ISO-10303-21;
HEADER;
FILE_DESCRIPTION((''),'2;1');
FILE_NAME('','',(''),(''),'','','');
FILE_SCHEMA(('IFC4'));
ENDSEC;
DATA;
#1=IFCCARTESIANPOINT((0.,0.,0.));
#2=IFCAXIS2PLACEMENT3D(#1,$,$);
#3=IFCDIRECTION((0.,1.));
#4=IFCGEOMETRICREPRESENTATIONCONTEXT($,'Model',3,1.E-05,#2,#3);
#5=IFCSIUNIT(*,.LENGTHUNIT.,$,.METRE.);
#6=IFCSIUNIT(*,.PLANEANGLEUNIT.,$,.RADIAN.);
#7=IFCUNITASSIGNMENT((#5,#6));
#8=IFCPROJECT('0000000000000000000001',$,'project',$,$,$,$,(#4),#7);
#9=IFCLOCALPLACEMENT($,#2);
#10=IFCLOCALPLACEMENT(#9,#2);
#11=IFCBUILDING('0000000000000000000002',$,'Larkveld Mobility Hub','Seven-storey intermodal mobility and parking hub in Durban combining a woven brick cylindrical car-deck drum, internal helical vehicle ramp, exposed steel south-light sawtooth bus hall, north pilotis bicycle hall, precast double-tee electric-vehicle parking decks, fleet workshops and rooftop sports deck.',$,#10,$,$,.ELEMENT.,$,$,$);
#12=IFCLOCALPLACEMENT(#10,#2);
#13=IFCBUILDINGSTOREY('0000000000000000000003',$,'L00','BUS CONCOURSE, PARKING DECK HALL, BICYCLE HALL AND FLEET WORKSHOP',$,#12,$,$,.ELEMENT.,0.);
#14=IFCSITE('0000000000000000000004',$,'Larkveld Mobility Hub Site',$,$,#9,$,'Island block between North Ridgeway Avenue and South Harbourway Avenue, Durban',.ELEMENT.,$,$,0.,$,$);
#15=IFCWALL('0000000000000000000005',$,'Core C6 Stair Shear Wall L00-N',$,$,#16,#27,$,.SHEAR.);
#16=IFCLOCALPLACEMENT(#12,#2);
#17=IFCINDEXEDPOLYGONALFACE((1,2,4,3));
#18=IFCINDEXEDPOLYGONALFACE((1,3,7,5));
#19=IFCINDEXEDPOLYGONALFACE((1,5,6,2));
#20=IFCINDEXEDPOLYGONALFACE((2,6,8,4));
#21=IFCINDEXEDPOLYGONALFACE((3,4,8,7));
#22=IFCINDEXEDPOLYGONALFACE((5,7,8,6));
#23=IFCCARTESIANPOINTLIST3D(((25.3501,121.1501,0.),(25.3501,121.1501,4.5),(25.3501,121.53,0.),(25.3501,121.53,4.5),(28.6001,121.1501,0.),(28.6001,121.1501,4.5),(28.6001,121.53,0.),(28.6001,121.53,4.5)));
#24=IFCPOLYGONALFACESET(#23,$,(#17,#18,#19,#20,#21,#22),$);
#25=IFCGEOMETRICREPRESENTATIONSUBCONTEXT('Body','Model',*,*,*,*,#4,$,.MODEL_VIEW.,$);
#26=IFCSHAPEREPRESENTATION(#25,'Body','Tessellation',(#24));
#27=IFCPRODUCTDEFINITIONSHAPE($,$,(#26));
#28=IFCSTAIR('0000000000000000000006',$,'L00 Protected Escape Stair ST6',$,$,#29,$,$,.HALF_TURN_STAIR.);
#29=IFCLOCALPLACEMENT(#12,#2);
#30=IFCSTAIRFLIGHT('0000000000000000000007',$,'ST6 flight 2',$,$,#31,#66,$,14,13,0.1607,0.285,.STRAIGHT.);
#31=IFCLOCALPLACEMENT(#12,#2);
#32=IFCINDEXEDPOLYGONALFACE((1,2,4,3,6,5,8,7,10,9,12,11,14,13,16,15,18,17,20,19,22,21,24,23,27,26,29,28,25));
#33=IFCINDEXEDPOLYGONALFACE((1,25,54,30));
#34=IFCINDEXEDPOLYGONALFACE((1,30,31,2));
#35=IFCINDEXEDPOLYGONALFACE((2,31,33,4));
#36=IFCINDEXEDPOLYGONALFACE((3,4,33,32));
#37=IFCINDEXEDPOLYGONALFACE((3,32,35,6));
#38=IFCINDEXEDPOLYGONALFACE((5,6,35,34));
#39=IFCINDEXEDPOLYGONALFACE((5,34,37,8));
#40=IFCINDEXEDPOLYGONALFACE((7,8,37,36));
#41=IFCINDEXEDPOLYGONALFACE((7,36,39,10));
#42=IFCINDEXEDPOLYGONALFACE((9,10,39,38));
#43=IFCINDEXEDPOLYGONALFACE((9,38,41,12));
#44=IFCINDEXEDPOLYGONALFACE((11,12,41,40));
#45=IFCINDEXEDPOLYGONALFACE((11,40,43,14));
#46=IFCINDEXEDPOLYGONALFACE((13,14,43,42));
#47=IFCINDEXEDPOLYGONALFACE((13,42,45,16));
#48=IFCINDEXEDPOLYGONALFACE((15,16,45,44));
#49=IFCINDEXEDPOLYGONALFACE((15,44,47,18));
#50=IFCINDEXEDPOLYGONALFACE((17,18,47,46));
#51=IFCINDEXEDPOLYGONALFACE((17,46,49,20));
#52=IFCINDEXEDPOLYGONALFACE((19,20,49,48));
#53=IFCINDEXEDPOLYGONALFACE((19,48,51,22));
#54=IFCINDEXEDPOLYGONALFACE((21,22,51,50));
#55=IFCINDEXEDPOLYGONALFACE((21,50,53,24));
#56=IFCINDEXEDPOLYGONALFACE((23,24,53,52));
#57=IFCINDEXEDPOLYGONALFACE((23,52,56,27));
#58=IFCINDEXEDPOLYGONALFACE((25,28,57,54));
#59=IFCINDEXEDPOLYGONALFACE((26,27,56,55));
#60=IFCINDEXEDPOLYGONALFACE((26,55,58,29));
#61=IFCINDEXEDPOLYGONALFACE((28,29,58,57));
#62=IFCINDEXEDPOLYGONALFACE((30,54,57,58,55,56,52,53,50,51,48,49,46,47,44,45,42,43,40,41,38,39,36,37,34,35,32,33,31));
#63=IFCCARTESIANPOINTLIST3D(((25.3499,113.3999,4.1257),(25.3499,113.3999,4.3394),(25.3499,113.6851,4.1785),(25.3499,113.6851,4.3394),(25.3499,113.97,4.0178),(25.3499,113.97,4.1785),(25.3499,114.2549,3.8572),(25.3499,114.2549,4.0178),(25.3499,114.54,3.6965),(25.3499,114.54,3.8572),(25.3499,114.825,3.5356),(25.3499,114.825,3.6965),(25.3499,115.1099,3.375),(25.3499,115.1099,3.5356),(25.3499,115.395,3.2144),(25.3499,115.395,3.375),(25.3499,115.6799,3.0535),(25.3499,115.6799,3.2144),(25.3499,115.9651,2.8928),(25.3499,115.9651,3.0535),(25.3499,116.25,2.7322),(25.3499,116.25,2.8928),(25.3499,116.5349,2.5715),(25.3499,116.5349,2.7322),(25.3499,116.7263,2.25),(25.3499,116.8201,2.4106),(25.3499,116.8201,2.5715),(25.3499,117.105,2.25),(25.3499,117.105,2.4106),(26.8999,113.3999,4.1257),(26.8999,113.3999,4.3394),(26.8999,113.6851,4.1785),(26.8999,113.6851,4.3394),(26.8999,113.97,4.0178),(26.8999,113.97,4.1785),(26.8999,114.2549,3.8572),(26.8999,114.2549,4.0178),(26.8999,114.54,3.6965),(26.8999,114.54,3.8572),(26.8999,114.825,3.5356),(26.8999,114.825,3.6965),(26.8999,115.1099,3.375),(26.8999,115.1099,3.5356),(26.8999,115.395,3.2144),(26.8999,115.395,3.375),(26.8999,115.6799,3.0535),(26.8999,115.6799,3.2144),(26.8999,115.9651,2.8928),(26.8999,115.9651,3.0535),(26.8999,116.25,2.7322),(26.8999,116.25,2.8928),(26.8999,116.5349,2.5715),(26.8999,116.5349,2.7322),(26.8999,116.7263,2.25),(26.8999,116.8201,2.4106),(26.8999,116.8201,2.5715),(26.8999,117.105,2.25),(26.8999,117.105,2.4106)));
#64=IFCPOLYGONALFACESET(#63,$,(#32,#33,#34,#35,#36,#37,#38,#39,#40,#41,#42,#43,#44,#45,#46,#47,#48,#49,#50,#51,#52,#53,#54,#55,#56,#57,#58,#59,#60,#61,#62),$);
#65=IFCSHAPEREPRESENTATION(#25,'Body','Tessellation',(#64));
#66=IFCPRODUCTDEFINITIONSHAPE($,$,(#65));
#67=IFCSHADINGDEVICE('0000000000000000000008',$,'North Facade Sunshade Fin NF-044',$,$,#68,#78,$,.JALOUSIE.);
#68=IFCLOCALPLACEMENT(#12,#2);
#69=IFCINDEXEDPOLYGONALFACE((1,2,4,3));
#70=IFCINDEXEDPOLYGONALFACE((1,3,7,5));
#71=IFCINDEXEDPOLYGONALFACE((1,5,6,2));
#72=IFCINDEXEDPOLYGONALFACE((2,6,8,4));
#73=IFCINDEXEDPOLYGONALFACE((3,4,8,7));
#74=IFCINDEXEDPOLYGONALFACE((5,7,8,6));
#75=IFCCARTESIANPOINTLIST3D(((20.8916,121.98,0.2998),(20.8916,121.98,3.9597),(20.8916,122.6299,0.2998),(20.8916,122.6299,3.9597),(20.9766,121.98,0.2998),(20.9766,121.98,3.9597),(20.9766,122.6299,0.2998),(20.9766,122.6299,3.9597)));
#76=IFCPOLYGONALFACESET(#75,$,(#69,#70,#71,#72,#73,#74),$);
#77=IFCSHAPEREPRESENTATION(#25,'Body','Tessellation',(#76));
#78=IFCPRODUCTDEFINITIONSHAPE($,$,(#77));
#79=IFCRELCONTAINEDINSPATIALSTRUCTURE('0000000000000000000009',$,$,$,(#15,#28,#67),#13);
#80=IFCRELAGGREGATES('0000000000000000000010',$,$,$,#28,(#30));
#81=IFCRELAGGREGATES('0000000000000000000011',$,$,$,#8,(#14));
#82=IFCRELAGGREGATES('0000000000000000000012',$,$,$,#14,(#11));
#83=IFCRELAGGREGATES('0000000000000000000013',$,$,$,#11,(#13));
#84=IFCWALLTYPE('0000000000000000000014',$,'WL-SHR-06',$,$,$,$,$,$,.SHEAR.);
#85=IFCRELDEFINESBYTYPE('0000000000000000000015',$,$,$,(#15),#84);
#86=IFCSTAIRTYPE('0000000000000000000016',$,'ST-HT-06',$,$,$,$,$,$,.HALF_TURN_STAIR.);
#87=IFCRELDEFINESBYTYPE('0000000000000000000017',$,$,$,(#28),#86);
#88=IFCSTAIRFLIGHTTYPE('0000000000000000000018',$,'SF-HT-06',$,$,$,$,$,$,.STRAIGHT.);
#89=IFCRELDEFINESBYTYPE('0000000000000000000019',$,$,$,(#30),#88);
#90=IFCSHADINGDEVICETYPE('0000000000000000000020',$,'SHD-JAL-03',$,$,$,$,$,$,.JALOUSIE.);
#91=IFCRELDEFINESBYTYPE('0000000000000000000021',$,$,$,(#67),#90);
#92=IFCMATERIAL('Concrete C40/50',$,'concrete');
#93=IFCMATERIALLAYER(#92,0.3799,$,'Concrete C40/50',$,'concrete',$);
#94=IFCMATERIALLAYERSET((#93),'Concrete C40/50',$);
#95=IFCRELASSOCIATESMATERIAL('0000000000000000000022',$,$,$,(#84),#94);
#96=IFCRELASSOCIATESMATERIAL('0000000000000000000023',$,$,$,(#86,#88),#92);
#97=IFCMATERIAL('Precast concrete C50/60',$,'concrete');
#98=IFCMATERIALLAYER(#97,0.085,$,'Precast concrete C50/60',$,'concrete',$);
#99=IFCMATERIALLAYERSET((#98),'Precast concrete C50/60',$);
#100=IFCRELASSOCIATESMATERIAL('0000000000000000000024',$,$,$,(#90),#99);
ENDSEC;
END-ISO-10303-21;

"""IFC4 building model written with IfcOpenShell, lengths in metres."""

from ifc_helpers import new_model, si_unit, direction, frame, frame_2d, origin, origin_2d, place, context, subcontext, project, spatial, polyline, rectangle, outline, extrude, material, layer, layer_set, type_object, element, aggregate, save


model = new_model("IFC4")

# Units and contexts
model_context = context("Model", 3, precision=1e-05, world=origin(), true_north=direction((0.0, 1.0)))
body_context = subcontext(model_context, "Body", "Model", "MODEL_VIEW")
ifc_project = project(units=[si_unit("LENGTHUNIT", "METRE"), si_unit("PLANEANGLEUNIT", "RADIAN")], contexts=[model_context])

# Site, building, storey
site_placement = place(None, origin())
site = spatial("IfcSite", under=ifc_project, at=site_placement, Name="Larkveld Mobility Hub Site", LongName="Island block between North Ridgeway Avenue and South Harbourway Avenue, Durban", CompositionType="ELEMENT", RefElevation=0.0)
building_placement = place(site_placement, origin())
building = spatial("IfcBuilding", under=site, at=building_placement, Name="Larkveld Mobility Hub", Description="Seven-storey intermodal mobility and parking hub in Durban combining a woven brick cylindrical car-deck drum, internal helical vehicle ramp, exposed steel south-light sawtooth bus hall, north pilotis bicycle hall, precast double-tee electric-vehicle parking decks, fleet workshops and rooftop sports deck.", CompositionType="ELEMENT")
storey_placement = place(building_placement, origin())
storey = spatial("IfcBuildingStorey", under=building, at=storey_placement, Name="L00", Description="BUS CONCOURSE, PARKING DECK HALL, BICYCLE HALL AND FLEET WORKSHOP", CompositionType="ELEMENT", Elevation=0.0)

# Shared definitions
ifc_material_1 = material(Name="Precast concrete C50/60", Category="concrete")
ifc_material_2 = material(Name="Concrete C40/50", Category="concrete")

# Wall
ifc_layer_1 = layer(ifc_material_2, 0.3799, Name="Concrete C40/50", Category="concrete")
ifc_layer_set_1 = layer_set([ifc_layer_1], Name="Concrete C40/50")
wall_type = type_object("IfcWallType", Name="WL-SHR-06", PredefinedType="SHEAR", material=ifc_layer_set_1)
wall_placement = place(storey_placement, frame((25.3501, 121.3401, 0.0), z_axis=(0.0, 0.0, 1.0), x_axis=(1.0, 0.0, 0.0)))
element("IfcWall", 1, at=wall_placement, inside=storey, type_object=wall_type, Name="Core C6 Stair Shear Wall L00-N", PredefinedType="SHEAR", context=body_context, shape_type="SweptSolid", body=[
    extrude(rectangle(XDim=3.25, YDim=0.3799, at=frame_2d((1.625, 0.0))), origin(), (0.0, 0.0, 1.0), 4.5),
])

# Stair, stair flight
stair_type = type_object("IfcStairType", Name="ST-HT-06", PredefinedType="HALF_TURN_STAIR", material=ifc_material_2)
stair_placement = place(storey_placement, origin())
stair = element("IfcStair", 2, at=stair_placement, inside=storey, type_object=stair_type, Name="L00 Protected Escape Stair ST6", PredefinedType="HALF_TURN_STAIR")
stair_flight_type = type_object("IfcStairFlightType", Name="SF-HT-06", PredefinedType="STRAIGHT", material=ifc_material_2)
stair_flight_placement = place(storey_placement, frame((26.125, 117.105, 2.25), z_axis=(0.0, 0.0, 1.0), x_axis=(0.0, -1.0, 0.0)))
stair_flight = element("IfcStairFlight", 3, at=stair_flight_placement, type_object=stair_flight_type, Name="ST6 flight 2", NumberOfRisers=14, NumberOfTreads=13, PredefinedType="STRAIGHT", RiserHeight=0.1607, TreadLength=0.285, context=body_context, shape_type="SweptSolid", body=[
    extrude(outline(polyline([(0.0, 0.0), (0.0, 0.1606), (0.2849, 0.1606), (0.2849, 0.3215), (0.5701, 0.3215), (0.5701, 0.4822), (0.855, 0.4822), (0.855, 0.6428), (1.1399, 0.6428), (1.1399, 0.8035), (1.425, 0.8035), (1.425, 0.9644), (1.71, 0.9644), (1.71, 1.125), (1.9951, 1.125), (1.9951, 1.2856), (2.28, 1.2856), (2.28, 1.4465), (2.5649, 1.4465), (2.5649, 1.6072), (2.8501, 1.6072), (2.8501, 1.7678), (3.135, 1.7678), (3.135, 1.9285), (3.4199, 1.9285), (3.4199, 2.0894), (3.7051, 2.0894), (3.7051, 2.25), (3.7051, 1.8757), (0.3787, 0.0), (0.0, 0.0)])), frame((0.0, 0.7749, 0.0), z_axis=(0.0, -1.0, 0.0), x_axis=(1.0, 0.0, 0.0)), (0.0, 0.0, 1.0), 1.55),
])
aggregate(stair, [stair_flight])

# Shading device
ifc_layer_2 = layer(ifc_material_1, 0.085, Name="Precast concrete C50/60", Category="concrete")
ifc_layer_set_2 = layer_set([ifc_layer_2], Name="Precast concrete C50/60")
shading_device_type = type_object("IfcShadingDeviceType", Name="SHD-JAL-03", PredefinedType="JALOUSIE", material=ifc_layer_set_2)
shading_device_placement = place(storey_placement, frame((20.9341, 122.3049, 0.2998), z_axis=(0.0, 0.0, 1.0), x_axis=(1.0, 0.0, 0.0)))
element("IfcShadingDevice", 4, at=shading_device_placement, inside=storey, type_object=shading_device_type, Name="North Facade Sunshade Fin NF-044", PredefinedType="JALOUSIE", context=body_context, shape_type="SweptSolid", body=[
    extrude(rectangle(XDim=0.085, YDim=0.6499, at=origin_2d()), origin(), (0.0, 0.0, 1.0), 3.6599),
])

save(model, "model.ifc")
